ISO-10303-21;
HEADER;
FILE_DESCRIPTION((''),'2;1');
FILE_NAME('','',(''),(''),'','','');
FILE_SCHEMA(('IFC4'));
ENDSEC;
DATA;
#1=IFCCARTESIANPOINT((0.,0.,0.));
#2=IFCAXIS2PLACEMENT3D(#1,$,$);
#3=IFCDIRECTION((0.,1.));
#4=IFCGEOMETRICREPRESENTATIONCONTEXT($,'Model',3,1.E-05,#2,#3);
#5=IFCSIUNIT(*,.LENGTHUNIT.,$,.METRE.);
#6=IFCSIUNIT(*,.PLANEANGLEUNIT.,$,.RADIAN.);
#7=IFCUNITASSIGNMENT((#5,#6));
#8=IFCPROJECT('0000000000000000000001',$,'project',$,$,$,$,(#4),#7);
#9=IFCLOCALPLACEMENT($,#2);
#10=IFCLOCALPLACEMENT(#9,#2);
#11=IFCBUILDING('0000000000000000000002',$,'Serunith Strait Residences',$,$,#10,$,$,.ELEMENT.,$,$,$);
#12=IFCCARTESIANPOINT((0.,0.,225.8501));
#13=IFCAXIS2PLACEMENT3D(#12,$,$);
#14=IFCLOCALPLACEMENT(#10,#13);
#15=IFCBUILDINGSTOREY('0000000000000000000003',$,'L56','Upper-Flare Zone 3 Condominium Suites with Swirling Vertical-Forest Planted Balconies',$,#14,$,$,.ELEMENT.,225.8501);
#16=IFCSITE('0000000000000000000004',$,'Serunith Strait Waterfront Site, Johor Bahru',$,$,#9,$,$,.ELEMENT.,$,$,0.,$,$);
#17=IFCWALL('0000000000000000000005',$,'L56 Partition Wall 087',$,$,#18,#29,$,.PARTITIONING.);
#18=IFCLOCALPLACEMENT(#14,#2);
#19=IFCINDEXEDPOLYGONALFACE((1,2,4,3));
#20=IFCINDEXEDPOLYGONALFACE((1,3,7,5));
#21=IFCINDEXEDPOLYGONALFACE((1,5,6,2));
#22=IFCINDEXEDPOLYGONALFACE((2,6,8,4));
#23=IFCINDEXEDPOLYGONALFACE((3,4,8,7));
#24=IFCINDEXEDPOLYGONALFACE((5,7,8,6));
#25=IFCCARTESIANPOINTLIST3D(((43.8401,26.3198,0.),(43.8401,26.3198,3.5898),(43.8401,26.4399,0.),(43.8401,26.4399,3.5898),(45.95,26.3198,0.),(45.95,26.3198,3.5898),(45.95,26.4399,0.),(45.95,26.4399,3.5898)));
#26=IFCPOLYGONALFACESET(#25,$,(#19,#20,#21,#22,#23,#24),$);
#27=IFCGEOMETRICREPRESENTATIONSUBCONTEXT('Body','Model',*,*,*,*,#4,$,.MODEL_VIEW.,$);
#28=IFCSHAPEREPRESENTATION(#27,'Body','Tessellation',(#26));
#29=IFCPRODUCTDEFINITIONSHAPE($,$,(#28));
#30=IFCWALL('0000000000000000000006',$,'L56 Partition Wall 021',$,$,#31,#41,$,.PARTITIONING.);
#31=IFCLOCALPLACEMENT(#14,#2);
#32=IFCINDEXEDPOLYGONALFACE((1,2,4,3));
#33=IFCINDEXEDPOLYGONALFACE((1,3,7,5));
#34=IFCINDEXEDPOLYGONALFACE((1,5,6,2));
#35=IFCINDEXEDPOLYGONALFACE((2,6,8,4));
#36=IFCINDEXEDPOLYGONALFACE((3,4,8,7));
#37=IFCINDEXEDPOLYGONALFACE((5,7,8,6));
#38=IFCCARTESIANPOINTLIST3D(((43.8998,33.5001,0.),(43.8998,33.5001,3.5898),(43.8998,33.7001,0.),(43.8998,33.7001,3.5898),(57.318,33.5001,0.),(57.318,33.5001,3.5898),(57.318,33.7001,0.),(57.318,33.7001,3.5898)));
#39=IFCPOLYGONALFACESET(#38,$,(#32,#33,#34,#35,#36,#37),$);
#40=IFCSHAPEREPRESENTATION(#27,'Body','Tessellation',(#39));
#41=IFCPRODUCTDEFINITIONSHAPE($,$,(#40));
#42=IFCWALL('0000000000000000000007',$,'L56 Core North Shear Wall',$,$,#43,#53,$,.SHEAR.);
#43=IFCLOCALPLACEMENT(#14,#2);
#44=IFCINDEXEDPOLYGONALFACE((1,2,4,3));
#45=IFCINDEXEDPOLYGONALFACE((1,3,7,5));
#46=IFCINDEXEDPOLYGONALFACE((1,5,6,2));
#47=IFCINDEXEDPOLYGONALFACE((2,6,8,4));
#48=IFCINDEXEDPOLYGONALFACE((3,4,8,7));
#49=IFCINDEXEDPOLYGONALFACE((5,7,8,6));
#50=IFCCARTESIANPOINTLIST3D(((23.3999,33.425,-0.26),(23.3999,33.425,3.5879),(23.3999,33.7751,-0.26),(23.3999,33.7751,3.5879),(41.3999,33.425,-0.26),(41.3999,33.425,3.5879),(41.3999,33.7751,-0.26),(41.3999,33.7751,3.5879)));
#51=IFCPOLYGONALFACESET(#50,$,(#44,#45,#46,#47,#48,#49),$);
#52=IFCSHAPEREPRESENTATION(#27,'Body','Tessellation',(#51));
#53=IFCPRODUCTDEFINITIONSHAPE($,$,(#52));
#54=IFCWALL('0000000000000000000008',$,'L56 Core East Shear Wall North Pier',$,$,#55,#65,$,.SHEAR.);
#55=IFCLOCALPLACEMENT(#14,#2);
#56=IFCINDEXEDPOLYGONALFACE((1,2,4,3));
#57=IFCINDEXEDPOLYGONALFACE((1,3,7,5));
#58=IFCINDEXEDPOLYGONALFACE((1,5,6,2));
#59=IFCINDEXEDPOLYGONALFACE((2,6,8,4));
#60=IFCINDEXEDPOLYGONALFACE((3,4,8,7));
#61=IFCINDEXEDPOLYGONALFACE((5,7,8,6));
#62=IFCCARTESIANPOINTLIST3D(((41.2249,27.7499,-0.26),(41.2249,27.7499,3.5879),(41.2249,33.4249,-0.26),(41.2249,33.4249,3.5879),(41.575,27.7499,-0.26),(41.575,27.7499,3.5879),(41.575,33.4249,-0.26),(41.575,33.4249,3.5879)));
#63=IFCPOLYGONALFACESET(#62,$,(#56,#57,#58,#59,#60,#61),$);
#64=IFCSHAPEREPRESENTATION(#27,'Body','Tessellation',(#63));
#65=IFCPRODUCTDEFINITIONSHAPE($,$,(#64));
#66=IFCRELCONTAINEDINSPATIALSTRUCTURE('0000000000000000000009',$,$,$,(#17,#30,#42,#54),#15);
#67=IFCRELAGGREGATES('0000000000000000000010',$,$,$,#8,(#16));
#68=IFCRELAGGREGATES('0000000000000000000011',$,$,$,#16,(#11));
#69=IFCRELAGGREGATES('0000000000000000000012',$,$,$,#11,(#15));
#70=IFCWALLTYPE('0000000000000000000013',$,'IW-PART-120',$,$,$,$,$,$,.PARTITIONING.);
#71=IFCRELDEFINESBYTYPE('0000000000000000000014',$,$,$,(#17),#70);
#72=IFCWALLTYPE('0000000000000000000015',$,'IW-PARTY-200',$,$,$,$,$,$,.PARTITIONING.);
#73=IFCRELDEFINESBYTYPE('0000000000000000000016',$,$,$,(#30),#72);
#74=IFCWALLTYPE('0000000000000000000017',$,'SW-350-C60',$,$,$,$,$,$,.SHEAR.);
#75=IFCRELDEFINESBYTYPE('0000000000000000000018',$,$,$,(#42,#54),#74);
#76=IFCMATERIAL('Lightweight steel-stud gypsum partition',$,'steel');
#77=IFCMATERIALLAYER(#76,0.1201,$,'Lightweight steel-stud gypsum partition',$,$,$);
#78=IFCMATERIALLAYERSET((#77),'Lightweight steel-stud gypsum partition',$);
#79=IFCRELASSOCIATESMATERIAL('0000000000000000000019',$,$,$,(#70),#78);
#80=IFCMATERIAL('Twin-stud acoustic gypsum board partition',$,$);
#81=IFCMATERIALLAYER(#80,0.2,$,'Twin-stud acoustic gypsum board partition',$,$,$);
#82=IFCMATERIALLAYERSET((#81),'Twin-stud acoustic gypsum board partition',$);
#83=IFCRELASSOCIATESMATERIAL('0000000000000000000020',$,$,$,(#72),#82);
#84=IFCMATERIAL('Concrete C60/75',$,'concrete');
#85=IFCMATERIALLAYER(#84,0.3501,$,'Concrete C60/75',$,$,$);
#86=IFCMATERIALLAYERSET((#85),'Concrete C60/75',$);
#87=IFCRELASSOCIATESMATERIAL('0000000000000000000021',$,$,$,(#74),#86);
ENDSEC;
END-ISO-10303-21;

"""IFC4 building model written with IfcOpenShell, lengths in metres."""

from ifc_helpers import new_model, si_unit, direction, frame, frame_2d, origin, place, context, subcontext, project, spatial, rectangle, extrude, material, layer, layer_set, type_object, element, save


model = new_model("IFC4")

# Units and contexts
model_context = context("Model", 3, precision=1e-05, world=origin(), true_north=direction((0.0, 1.0)))
body_context = subcontext(model_context, "Body", "Model", "MODEL_VIEW")
ifc_project = project(units=[si_unit("LENGTHUNIT", "METRE"), si_unit("PLANEANGLEUNIT", "RADIAN")], contexts=[model_context])

# Site, building, storey
site_placement = place(None, origin())
site = spatial("IfcSite", under=ifc_project, at=site_placement, Name="Serunith Strait Waterfront Site, Johor Bahru", CompositionType="ELEMENT", RefElevation=0.0)
building_placement = place(site_placement, origin())
building = spatial("IfcBuilding", under=site, at=building_placement, Name="Serunith Strait Residences", CompositionType="ELEMENT")
storey_placement = place(building_placement, frame((0.0, 0.0, 225.8501)))
storey = spatial("IfcBuildingStorey", under=building, at=storey_placement, Name="L56", Description="Upper-Flare Zone 3 Condominium Suites with Swirling Vertical-Forest Planted Balconies", CompositionType="ELEMENT", Elevation=225.8501)

# Walls
ifc_material_1 = material(Name="Lightweight steel-stud gypsum partition", Category="steel")
ifc_layer_1 = layer(ifc_material_1, 0.1201, Name="Lightweight steel-stud gypsum partition")
ifc_layer_set_1 = layer_set([ifc_layer_1], Name="Lightweight steel-stud gypsum partition")
wall_type_1 = type_object("IfcWallType", Name="IW-PART-120", PredefinedType="PARTITIONING", material=ifc_layer_set_1)
wall_1_placement = place(storey_placement, frame((45.95, 26.3799, 0.0), z_axis=(0.0, 0.0, 1.0), x_axis=(-1.0, 0.0, 0.0)))
element("IfcWall", 1, at=wall_1_placement, inside=storey, type_object=wall_type_1, Name="L56 Partition Wall 087", PredefinedType="PARTITIONING", context=body_context, shape_type="SweptSolid", body=[
    extrude(rectangle(XDim=2.1099, YDim=0.1201, at=frame_2d((1.0549, 0.0))), origin(), (0.0, 0.0, 1.0), 3.5898),
])
ifc_material_2 = material(Name="Twin-stud acoustic gypsum board partition")
ifc_layer_2 = layer(ifc_material_2, 0.2, Name="Twin-stud acoustic gypsum board partition")
ifc_layer_set_2 = layer_set([ifc_layer_2], Name="Twin-stud acoustic gypsum board partition")
wall_type_2 = type_object("IfcWallType", Name="IW-PARTY-200", PredefinedType="PARTITIONING", material=ifc_layer_set_2)
wall_2_placement = place(storey_placement, frame((43.8999, 33.6001, 0.0), z_axis=(0.0, 0.0, 1.0), x_axis=(1.0, 0.0, 0.0)))
element("IfcWall", 2, at=wall_2_placement, inside=storey, type_object=wall_type_2, Name="L56 Partition Wall 021", PredefinedType="PARTITIONING", context=body_context, shape_type="SweptSolid", body=[
    extrude(rectangle(XDim=13.4182, YDim=0.2, at=frame_2d((6.709, 0.0))), origin(), (0.0, 0.0, 1.0), 3.5898),
])

# Walls
ifc_material_3 = material(Name="Concrete C60/75", Category="concrete")
ifc_layer_3 = layer(ifc_material_3, 0.3501, Name="Concrete C60/75")
ifc_layer_set_3 = layer_set([ifc_layer_3], Name="Concrete C60/75")
wall_type_3 = type_object("IfcWallType", Name="SW-350-C60", PredefinedType="SHEAR", material=ifc_layer_set_3)
wall_3_placement = place(storey_placement, frame((41.3999, 33.6001, -0.26), z_axis=(0.0, 0.0, 1.0), x_axis=(-1.0, 0.0, 0.0)))
element("IfcWall", 3, at=wall_3_placement, inside=storey, type_object=wall_type_3, Name="L56 Core North Shear Wall", PredefinedType="SHEAR", context=body_context, shape_type="SweptSolid", body=[
    extrude(rectangle(XDim=18.0, YDim=0.3501, at=frame_2d((9.0, 0.0))), origin(), (0.0, 0.0, 1.0), 3.8479),
])
wall_4_placement = place(storey_placement, frame((41.3999, 27.75, -0.26), z_axis=(0.0, 0.0, 1.0), x_axis=(0.0, 1.0, 0.0)))
element("IfcWall", 4, at=wall_4_placement, inside=storey, type_object=wall_type_3, Name="L56 Core East Shear Wall North Pier", PredefinedType="SHEAR", context=body_context, shape_type="SweptSolid", body=[
    extrude(rectangle(XDim=5.675, YDim=0.3501, at=frame_2d((2.8374, 0.0))), origin(), (0.0, 0.0, 1.0), 3.8479),
])

save(model, "model.ifc")
